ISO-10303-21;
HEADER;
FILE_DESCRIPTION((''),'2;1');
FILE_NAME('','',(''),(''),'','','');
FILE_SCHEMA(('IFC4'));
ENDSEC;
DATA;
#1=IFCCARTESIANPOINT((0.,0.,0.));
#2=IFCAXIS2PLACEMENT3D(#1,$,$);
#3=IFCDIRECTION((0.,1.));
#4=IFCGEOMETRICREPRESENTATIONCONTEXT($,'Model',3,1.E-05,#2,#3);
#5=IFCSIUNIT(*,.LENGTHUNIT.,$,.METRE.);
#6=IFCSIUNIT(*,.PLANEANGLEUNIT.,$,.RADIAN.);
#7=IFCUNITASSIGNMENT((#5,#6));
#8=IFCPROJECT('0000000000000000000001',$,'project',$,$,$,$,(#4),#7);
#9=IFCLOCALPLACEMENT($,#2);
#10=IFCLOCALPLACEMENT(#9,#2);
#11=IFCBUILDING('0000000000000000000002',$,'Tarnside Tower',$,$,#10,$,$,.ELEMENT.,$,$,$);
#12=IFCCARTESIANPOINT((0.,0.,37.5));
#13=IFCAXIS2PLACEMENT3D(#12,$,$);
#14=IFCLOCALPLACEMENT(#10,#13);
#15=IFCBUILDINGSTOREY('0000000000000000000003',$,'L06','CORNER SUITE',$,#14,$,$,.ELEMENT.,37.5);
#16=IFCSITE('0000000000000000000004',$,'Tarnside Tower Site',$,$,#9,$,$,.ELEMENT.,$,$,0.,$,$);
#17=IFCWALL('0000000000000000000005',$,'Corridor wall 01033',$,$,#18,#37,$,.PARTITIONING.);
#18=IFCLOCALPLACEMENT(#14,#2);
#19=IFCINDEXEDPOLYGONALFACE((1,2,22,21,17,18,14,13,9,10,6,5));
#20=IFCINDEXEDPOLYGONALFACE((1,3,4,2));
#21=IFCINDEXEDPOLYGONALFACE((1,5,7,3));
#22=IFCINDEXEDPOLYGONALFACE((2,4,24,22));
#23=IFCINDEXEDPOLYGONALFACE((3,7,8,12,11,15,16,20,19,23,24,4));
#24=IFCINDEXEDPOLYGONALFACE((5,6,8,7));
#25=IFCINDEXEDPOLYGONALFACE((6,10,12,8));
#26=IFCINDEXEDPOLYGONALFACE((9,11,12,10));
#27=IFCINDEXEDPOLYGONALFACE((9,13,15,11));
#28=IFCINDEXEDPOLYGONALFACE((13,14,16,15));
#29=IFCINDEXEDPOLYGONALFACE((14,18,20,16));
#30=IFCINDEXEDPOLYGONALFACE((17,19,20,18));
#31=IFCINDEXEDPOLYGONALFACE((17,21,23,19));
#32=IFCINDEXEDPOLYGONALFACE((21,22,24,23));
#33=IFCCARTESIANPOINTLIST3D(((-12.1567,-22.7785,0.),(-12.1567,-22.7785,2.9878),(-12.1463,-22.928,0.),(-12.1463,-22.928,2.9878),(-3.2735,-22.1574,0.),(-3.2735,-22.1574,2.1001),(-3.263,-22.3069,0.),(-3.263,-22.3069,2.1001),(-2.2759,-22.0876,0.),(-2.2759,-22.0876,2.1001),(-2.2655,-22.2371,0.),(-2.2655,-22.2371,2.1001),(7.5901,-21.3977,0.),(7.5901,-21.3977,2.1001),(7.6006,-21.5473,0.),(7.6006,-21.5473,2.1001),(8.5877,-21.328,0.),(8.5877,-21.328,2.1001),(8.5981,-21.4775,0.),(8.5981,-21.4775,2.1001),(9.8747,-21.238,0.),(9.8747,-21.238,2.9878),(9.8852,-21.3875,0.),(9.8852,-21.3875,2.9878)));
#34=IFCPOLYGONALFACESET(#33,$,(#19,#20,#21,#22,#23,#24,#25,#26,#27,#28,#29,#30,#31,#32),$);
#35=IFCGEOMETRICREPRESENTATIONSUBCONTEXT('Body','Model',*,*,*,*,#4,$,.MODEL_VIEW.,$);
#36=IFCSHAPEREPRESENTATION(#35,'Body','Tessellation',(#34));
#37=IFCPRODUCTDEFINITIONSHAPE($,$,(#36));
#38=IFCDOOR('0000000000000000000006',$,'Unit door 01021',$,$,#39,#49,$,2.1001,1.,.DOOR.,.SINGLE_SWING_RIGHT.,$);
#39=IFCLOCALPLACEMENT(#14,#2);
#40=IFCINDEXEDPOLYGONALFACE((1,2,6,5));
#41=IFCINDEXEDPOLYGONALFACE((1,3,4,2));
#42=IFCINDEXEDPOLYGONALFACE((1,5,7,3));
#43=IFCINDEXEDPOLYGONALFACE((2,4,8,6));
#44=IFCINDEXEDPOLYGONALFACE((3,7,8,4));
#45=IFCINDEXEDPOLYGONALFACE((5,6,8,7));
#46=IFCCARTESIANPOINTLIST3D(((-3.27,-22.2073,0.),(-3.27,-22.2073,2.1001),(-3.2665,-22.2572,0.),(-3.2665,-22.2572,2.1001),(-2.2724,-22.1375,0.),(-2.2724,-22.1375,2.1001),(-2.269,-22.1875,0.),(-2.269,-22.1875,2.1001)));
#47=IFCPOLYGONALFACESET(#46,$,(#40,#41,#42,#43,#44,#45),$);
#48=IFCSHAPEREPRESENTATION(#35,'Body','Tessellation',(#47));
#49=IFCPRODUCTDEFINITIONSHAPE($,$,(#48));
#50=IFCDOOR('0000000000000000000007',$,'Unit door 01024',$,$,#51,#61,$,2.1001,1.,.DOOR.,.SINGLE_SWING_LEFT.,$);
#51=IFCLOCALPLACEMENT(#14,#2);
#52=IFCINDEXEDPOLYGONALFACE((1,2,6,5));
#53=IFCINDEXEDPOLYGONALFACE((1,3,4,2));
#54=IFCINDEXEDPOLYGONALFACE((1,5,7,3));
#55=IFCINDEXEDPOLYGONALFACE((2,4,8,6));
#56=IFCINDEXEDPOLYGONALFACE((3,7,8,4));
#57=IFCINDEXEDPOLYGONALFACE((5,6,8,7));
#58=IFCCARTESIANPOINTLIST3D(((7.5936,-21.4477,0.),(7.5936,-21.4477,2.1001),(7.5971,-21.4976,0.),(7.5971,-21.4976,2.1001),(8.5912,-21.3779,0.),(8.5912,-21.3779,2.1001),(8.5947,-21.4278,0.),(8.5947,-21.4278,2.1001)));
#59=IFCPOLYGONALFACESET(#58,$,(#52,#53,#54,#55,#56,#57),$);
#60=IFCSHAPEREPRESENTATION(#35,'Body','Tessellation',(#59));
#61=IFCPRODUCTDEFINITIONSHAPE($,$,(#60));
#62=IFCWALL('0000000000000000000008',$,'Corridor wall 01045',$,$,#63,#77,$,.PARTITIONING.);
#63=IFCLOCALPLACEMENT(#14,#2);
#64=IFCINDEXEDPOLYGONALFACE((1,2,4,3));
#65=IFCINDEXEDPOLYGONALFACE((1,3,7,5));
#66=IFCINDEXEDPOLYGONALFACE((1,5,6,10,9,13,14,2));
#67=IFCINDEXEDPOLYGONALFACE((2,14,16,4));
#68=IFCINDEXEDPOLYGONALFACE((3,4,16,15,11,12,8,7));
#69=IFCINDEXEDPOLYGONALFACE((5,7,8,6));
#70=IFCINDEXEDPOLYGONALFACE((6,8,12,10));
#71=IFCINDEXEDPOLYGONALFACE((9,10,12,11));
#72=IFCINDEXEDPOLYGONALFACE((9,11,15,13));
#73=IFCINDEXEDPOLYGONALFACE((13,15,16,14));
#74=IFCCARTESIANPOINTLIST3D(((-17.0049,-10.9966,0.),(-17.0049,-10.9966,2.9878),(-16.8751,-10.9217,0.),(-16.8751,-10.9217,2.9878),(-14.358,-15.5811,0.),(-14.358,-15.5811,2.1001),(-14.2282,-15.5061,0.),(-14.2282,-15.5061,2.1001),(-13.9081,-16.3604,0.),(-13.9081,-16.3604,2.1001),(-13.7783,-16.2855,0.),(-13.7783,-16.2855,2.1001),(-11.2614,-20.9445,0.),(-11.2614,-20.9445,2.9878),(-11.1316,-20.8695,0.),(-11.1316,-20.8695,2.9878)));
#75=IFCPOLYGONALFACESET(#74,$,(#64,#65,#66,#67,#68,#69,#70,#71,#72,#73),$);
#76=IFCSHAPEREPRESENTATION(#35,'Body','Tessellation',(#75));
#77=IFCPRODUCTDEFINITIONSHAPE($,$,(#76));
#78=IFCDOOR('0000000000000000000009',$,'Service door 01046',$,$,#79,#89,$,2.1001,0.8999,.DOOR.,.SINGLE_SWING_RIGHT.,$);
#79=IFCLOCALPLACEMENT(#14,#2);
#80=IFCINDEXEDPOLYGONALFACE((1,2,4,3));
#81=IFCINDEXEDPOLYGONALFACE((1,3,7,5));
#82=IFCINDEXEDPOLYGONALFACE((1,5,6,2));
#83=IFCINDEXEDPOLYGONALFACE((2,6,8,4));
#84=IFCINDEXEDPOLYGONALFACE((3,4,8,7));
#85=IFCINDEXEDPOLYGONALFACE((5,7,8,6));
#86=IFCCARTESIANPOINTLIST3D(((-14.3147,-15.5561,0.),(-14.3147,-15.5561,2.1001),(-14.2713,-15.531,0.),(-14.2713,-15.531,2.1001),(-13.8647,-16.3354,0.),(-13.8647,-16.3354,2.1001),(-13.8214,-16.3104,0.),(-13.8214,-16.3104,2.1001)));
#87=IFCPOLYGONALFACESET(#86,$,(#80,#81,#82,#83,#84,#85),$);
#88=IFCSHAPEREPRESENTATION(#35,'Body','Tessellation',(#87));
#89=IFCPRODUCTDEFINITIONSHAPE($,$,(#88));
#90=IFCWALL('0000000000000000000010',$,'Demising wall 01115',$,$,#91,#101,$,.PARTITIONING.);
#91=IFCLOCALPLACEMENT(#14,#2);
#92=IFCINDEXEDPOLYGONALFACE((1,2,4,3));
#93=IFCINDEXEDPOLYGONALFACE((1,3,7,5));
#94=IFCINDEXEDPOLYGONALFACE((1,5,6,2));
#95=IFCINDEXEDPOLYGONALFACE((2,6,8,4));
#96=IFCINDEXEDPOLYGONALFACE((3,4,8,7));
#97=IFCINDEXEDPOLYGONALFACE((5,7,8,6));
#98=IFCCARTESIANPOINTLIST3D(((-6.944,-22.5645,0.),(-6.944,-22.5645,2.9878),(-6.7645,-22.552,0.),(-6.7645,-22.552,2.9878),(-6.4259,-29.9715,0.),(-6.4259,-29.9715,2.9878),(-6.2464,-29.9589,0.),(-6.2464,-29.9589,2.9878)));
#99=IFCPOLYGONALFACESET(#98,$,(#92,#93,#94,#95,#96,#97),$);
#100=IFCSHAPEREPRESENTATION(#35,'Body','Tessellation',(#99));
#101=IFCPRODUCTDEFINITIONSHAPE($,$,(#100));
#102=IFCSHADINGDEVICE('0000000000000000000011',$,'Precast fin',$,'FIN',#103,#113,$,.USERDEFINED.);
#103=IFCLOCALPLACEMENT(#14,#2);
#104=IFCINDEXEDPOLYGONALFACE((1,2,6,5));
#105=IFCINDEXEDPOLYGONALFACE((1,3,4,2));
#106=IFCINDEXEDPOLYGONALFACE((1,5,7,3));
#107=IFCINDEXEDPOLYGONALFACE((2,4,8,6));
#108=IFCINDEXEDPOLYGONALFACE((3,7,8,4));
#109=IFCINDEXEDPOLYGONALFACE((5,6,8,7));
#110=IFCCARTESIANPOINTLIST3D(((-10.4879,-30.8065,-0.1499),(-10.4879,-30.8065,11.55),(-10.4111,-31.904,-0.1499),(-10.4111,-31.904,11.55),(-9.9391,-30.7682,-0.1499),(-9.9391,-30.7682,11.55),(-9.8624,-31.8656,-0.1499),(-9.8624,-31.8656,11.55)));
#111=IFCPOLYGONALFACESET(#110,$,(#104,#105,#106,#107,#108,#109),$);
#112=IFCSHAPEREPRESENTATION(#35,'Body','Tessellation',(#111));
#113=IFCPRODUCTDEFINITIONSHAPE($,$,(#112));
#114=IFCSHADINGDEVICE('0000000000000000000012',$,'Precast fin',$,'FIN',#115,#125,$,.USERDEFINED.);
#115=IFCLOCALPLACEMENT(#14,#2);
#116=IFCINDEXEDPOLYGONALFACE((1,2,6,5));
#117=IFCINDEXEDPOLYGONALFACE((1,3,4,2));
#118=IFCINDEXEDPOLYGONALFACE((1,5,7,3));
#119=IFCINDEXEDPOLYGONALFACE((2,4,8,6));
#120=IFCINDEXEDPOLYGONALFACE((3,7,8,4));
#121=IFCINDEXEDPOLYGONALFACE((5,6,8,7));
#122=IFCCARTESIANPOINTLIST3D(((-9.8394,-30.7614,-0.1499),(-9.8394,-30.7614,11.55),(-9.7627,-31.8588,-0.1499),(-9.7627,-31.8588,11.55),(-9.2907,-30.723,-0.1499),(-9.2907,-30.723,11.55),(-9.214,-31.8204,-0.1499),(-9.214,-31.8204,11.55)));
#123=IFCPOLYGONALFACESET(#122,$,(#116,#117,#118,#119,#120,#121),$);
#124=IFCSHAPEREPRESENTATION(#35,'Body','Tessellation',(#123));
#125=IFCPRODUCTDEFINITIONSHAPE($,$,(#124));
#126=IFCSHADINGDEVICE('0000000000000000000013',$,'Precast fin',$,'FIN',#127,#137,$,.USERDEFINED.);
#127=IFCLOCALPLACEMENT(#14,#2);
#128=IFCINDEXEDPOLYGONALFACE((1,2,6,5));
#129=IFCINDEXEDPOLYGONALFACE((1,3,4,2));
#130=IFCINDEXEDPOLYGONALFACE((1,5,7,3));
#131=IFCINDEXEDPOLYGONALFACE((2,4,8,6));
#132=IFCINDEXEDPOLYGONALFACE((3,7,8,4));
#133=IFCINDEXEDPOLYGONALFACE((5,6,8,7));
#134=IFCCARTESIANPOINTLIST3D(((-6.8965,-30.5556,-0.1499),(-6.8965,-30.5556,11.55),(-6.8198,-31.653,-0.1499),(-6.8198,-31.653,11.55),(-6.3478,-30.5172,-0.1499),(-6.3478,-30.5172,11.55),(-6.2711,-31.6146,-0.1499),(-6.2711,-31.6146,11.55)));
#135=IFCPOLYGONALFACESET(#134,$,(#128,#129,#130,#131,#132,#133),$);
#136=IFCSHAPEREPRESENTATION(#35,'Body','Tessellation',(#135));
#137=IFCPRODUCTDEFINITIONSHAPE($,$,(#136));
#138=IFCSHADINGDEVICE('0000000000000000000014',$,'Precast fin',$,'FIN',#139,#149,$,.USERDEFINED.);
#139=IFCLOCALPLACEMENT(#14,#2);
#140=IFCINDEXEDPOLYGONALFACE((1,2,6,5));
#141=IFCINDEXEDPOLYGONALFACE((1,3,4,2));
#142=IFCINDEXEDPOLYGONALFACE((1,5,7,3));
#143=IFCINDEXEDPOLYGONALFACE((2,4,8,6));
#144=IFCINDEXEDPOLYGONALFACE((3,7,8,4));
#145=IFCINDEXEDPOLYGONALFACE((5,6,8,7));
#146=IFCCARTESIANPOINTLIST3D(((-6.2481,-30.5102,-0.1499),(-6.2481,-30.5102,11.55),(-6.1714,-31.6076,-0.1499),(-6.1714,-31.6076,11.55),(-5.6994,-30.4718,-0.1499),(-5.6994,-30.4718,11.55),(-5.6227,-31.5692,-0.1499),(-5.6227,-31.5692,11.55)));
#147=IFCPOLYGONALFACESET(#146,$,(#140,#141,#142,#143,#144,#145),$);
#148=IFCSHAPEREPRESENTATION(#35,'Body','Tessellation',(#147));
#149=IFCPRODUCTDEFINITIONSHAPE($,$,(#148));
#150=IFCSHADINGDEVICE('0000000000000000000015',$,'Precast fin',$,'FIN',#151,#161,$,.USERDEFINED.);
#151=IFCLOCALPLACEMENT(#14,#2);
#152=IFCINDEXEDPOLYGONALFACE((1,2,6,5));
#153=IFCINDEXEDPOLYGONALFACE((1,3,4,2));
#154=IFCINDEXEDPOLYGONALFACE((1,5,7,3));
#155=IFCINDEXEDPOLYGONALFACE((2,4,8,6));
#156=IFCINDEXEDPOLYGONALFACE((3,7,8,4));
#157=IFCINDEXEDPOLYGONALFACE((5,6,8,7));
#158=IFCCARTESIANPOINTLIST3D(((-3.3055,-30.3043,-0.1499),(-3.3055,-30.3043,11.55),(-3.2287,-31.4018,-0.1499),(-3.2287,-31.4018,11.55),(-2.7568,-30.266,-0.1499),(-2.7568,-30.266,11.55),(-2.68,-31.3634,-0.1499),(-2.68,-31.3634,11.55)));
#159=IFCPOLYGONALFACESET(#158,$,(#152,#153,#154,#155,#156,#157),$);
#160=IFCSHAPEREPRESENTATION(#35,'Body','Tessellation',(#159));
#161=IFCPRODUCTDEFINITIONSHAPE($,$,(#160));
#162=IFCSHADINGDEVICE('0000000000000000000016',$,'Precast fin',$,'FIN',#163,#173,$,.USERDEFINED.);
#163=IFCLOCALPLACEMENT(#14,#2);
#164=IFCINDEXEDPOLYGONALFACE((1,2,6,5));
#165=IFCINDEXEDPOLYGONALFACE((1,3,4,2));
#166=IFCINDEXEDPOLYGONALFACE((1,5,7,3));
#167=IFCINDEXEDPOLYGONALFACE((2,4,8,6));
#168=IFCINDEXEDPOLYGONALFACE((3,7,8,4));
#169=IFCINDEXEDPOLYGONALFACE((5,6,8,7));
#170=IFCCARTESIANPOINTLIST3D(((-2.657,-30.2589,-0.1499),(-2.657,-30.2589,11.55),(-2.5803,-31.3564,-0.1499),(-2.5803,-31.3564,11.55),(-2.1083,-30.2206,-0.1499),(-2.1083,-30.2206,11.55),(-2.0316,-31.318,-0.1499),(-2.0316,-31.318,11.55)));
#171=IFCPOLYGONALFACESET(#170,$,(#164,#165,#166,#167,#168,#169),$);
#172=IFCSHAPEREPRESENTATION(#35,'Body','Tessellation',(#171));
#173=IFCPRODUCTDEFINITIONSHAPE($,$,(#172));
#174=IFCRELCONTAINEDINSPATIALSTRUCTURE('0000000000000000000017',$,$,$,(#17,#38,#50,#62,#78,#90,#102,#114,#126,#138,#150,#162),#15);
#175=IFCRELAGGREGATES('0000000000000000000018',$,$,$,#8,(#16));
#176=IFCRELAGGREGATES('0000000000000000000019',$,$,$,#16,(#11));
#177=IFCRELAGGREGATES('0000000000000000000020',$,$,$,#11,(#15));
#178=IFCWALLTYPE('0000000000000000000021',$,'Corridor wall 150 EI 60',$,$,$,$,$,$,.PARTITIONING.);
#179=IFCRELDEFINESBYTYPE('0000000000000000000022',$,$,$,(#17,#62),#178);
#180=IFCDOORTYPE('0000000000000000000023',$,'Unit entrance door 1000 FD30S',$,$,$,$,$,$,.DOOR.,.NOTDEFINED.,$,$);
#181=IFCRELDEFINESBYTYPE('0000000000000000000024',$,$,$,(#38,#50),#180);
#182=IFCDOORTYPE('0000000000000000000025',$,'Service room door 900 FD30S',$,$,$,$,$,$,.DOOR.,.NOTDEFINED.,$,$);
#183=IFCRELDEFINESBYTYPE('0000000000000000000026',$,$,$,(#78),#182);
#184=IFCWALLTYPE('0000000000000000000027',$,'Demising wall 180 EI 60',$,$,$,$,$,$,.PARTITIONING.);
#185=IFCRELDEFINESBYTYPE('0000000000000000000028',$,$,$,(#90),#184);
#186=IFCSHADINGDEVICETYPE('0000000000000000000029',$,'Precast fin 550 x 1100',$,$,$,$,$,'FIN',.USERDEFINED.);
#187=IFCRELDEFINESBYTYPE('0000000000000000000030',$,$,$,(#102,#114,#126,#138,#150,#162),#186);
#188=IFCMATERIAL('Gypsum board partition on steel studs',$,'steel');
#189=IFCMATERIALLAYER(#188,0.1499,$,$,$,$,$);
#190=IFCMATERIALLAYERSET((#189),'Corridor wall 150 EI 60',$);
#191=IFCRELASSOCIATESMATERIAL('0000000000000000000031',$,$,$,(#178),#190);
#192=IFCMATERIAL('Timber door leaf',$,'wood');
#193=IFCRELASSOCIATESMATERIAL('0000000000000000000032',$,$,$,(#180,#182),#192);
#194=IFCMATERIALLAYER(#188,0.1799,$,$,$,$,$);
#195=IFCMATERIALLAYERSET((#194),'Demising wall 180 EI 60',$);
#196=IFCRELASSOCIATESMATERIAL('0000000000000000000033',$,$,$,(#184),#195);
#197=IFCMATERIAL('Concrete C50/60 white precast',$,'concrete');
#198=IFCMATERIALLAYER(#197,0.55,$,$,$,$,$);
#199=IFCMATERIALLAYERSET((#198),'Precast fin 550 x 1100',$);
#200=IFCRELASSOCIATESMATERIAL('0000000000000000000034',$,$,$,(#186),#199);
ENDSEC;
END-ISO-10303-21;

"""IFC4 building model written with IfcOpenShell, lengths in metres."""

from ifc_helpers import new_model, si_unit, direction, frame, frame_2d, origin, place, context, subcontext, project, spatial, polyline, rectangle, outline, extrude, material, layer, layer_set, type_object, element, fill, save


model = new_model("IFC4")

# Units and contexts
model_context = context("Model", 3, precision=1e-05, world=origin(), true_north=direction((0.0, 1.0)))
body_context = subcontext(model_context, "Body", "Model", "MODEL_VIEW")
ifc_project = project(units=[si_unit("LENGTHUNIT", "METRE"), si_unit("PLANEANGLEUNIT", "RADIAN")], contexts=[model_context])

# Site, building, storey
site_placement = place(None, origin())
site = spatial("IfcSite", under=ifc_project, at=site_placement, Name="Tarnside Tower Site", CompositionType="ELEMENT", RefElevation=0.0)
building_placement = place(site_placement, origin())
building = spatial("IfcBuilding", under=site, at=building_placement, Name="Tarnside Tower", CompositionType="ELEMENT")
storey_placement = place(building_placement, frame((0.0, 0.0, 37.5)))
storey = spatial("IfcBuildingStorey", under=building, at=storey_placement, Name="L06", Description="CORNER SUITE", CompositionType="ELEMENT", Elevation=37.5)

# Wall, openings, doors
ifc_material_1 = material(Name="Gypsum board partition on steel studs", Category="steel")
ifc_layer_1 = layer(ifc_material_1, 0.1499)
ifc_layer_set_1 = layer_set([ifc_layer_1], Name="Corridor wall 150 EI 60")
wall_type_1 = type_object("IfcWallType", Name="Corridor wall 150 EI 60", PredefinedType="PARTITIONING", material=ifc_layer_set_1)
wall_1_placement = place(storey_placement, frame((-12.1514, -22.8533, 0.0), z_axis=(0.0, 0.0, 1.0), x_axis=(0.997564, 0.069754, 0.0)))
wall_1 = element("IfcWall", 1, at=wall_1_placement, inside=storey, type_object=wall_type_1, Name="Corridor wall 01033", PredefinedType="PARTITIONING", context=body_context, shape_type="SweptSolid", body=[
    extrude(rectangle(XDim=22.0852, YDim=0.1499, at=frame_2d((11.0425, 0.0))), origin(), (0.0, 0.0, 1.0), 2.9878),
])
opening_1_placement = place(wall_1_placement, frame((8.9048, 0.0, 0.0)))
opening_1 = element("IfcOpeningElement", 2, at=opening_1_placement, cuts=wall_1, PredefinedType="OPENING", context=body_context, shape_type="SweptSolid", body=[
    extrude(rectangle(XDim=1.0, YDim=2.1001, at=frame_2d((0.5, 1.05))), frame((0.0, 0.085, 0.0), z_axis=(0.0, -1.0, 0.0), x_axis=(1.0, 0.0, 0.0)), (0.0, 0.0, 1.0), 0.1699),
])
opening_2_placement = place(wall_1_placement, frame((19.7949, 0.0, 0.0)))
opening_2 = element("IfcOpeningElement", 3, at=opening_2_placement, cuts=wall_1, PredefinedType="OPENING", context=body_context, shape_type="SweptSolid", body=[
    extrude(rectangle(XDim=1.0, YDim=2.1001, at=frame_2d((0.5, 1.05))), frame((0.0, 0.085, 0.0), z_axis=(0.0, -1.0, 0.0), x_axis=(1.0, 0.0, 0.0)), (0.0, 0.0, 1.0), 0.1699),
])
ifc_material_2 = material(Name="Timber door leaf", Category="wood")
door_type_1 = type_object("IfcDoorType", Name="Unit entrance door 1000 FD30S", OperationType="NOTDEFINED", PredefinedType="DOOR", material=ifc_material_2)
door_1_placement = place(opening_1_placement, origin())
door_1 = element("IfcDoor", 4, at=door_1_placement, inside=storey, type_object=door_type_1, Name="Unit door 01021", OperationType="SINGLE_SWING_RIGHT", OverallHeight=2.1001, OverallWidth=1.0, PredefinedType="DOOR", context=body_context, shape_type="SweptSolid", body=[
    extrude(rectangle(XDim=1.0, YDim=2.1001, at=frame_2d((0.5, 1.05))), frame((0.0, 0.0249, 0.0), z_axis=(0.0, -1.0, 0.0), x_axis=(1.0, 0.0, 0.0)), (0.0, 0.0, 1.0), 0.05),
])
fill(opening_1, door_1)
door_2_placement = place(opening_2_placement, origin())
door_2 = element("IfcDoor", 5, at=door_2_placement, inside=storey, type_object=door_type_1, Name="Unit door 01024", OperationType="SINGLE_SWING_LEFT", OverallHeight=2.1001, OverallWidth=1.0, PredefinedType="DOOR", context=body_context, shape_type="SweptSolid", body=[
    extrude(rectangle(XDim=1.0, YDim=2.1001, at=frame_2d((0.5, 1.05))), frame((0.0, 0.0249, 0.0), z_axis=(0.0, -1.0, 0.0), x_axis=(1.0, 0.0, 0.0)), (0.0, 0.0, 1.0), 0.05),
])
fill(opening_2, door_2)

# Wall, opening, door
wall_2_placement = place(storey_placement, frame((-11.1965, -20.907, 0.0), z_axis=(0.0, 0.0, 1.0), x_axis=(-0.500005, 0.866023, 0.0)))
wall_2 = element("IfcWall", 6, at=wall_2_placement, inside=storey, type_object=wall_type_1, Name="Corridor wall 01045", PredefinedType="PARTITIONING", context=body_context, shape_type="SweptSolid", body=[
    extrude(rectangle(XDim=11.4868, YDim=0.1499, at=frame_2d((5.7434, 0.0))), origin(), (0.0, 0.0, 1.0), 2.9878),
])
opening_3_placement = place(wall_2_placement, frame((5.2932, 0.0, 0.0)))
opening_3 = element("IfcOpeningElement", 7, at=opening_3_placement, cuts=wall_2, PredefinedType="OPENING", context=body_context, shape_type="SweptSolid", body=[
    extrude(rectangle(XDim=0.8999, YDim=2.1001, at=frame_2d((0.45, 1.05))), frame((0.0, 0.085, 0.0), z_axis=(0.0, -1.0, 0.0), x_axis=(1.0, 0.0, 0.0)), (0.0, 0.0, 1.0), 0.1699),
])
door_type_2 = type_object("IfcDoorType", Name="Service room door 900 FD30S", OperationType="NOTDEFINED", PredefinedType="DOOR", material=ifc_material_2)
door_3_placement = place(opening_3_placement, origin())
door_3 = element("IfcDoor", 8, at=door_3_placement, inside=storey, type_object=door_type_2, Name="Service door 01046", OperationType="SINGLE_SWING_RIGHT", OverallHeight=2.1001, OverallWidth=0.8999, PredefinedType="DOOR", context=body_context, shape_type="SweptSolid", body=[
    extrude(rectangle(XDim=0.8999, YDim=2.1001, at=frame_2d((0.45, 1.05))), frame((0.0, 0.0249, 0.0), z_axis=(0.0, -1.0, 0.0), x_axis=(1.0, 0.0, 0.0)), (0.0, 0.0, 1.0), 0.05),
])
fill(opening_3, door_3)

# Wall
ifc_layer_2 = layer(ifc_material_1, 0.1799)
ifc_layer_set_2 = layer_set([ifc_layer_2], Name="Demising wall 180 EI 60")
wall_type_2 = type_object("IfcWallType", Name="Demising wall 180 EI 60", PredefinedType="PARTITIONING", material=ifc_layer_set_2)
wall_3_placement = place(storey_placement, frame((-6.3362, -29.9651, 0.0), z_axis=(0.0, 0.0, 1.0), x_axis=(-0.069773, 0.997563, 0.0)))
element("IfcWall", 9, at=wall_3_placement, inside=storey, type_object=wall_type_2, Name="Demising wall 01115", PredefinedType="PARTITIONING", context=body_context, shape_type="SweptSolid", body=[
    extrude(rectangle(XDim=7.425, YDim=0.1799, at=frame_2d((3.7124, 0.0))), origin(), (0.0, 0.0, 1.0), 2.9878),
])

# Shading devices
ifc_material_3 = material(Name="Concrete C50/60 white precast", Category="concrete")
ifc_layer_3 = layer(ifc_material_3, 0.55)
ifc_layer_set_3 = layer_set([ifc_layer_3], Name="Precast fin 550 x 1100")
shading_device_type = type_object("IfcShadingDeviceType", Name="Precast fin 550 x 1100", ElementType="FIN", PredefinedType="USERDEFINED", material=ifc_layer_set_3)
for number, where, z_axis, x_axis, name in (
    (10, (-10.2134, -30.7874, -0.1499), (-0.997564, -0.069756, 0.0), (0.069756, -0.997564, 0.0), "Precast fin"),
    (11, (-9.5649, -30.7422, -0.1499), (-0.997564, -0.069756, 0.0), (0.069756, -0.997564, 0.0), "Precast fin"),
    (12, (-6.6221, -30.5364, -0.1499), (-0.997564, -0.069756, 0.0), (0.069756, -0.997564, 0.0), "Precast fin"),
    (13, (-5.9736, -30.491, -0.1499), (-0.997564, -0.069756, 0.0), (0.069756, -0.997564, 0.0), "Precast fin"),
    (14, (-3.031, -30.2852, -0.1499), (-0.997564, -0.069756, 0.0), (0.069756, -0.997564, 0.0), "Precast fin"),
    (15, (-2.3826, -30.2397, -0.1499), (-0.997564, -0.069756, 0.0), (0.069756, -0.997564, 0.0), "Precast fin"),
):
    element("IfcShadingDevice", number, at=place(storey_placement, frame(where, z_axis=z_axis, x_axis=x_axis)), inside=storey, type_object=shading_device_type, Name=name, ObjectType="FIN", PredefinedType="USERDEFINED", context=body_context, shape_type="SweptSolid", body=[
        extrude(outline(polyline([(0.0, 0.0), (1.1001, 0.0), (1.1001, 11.7), (0.0, 11.7), (0.0, 0.0)])), frame((0.0, 0.0, -0.2749)), (0.0, 0.0, 1.0), 0.55),
    ])

save(model, "model.ifc")
